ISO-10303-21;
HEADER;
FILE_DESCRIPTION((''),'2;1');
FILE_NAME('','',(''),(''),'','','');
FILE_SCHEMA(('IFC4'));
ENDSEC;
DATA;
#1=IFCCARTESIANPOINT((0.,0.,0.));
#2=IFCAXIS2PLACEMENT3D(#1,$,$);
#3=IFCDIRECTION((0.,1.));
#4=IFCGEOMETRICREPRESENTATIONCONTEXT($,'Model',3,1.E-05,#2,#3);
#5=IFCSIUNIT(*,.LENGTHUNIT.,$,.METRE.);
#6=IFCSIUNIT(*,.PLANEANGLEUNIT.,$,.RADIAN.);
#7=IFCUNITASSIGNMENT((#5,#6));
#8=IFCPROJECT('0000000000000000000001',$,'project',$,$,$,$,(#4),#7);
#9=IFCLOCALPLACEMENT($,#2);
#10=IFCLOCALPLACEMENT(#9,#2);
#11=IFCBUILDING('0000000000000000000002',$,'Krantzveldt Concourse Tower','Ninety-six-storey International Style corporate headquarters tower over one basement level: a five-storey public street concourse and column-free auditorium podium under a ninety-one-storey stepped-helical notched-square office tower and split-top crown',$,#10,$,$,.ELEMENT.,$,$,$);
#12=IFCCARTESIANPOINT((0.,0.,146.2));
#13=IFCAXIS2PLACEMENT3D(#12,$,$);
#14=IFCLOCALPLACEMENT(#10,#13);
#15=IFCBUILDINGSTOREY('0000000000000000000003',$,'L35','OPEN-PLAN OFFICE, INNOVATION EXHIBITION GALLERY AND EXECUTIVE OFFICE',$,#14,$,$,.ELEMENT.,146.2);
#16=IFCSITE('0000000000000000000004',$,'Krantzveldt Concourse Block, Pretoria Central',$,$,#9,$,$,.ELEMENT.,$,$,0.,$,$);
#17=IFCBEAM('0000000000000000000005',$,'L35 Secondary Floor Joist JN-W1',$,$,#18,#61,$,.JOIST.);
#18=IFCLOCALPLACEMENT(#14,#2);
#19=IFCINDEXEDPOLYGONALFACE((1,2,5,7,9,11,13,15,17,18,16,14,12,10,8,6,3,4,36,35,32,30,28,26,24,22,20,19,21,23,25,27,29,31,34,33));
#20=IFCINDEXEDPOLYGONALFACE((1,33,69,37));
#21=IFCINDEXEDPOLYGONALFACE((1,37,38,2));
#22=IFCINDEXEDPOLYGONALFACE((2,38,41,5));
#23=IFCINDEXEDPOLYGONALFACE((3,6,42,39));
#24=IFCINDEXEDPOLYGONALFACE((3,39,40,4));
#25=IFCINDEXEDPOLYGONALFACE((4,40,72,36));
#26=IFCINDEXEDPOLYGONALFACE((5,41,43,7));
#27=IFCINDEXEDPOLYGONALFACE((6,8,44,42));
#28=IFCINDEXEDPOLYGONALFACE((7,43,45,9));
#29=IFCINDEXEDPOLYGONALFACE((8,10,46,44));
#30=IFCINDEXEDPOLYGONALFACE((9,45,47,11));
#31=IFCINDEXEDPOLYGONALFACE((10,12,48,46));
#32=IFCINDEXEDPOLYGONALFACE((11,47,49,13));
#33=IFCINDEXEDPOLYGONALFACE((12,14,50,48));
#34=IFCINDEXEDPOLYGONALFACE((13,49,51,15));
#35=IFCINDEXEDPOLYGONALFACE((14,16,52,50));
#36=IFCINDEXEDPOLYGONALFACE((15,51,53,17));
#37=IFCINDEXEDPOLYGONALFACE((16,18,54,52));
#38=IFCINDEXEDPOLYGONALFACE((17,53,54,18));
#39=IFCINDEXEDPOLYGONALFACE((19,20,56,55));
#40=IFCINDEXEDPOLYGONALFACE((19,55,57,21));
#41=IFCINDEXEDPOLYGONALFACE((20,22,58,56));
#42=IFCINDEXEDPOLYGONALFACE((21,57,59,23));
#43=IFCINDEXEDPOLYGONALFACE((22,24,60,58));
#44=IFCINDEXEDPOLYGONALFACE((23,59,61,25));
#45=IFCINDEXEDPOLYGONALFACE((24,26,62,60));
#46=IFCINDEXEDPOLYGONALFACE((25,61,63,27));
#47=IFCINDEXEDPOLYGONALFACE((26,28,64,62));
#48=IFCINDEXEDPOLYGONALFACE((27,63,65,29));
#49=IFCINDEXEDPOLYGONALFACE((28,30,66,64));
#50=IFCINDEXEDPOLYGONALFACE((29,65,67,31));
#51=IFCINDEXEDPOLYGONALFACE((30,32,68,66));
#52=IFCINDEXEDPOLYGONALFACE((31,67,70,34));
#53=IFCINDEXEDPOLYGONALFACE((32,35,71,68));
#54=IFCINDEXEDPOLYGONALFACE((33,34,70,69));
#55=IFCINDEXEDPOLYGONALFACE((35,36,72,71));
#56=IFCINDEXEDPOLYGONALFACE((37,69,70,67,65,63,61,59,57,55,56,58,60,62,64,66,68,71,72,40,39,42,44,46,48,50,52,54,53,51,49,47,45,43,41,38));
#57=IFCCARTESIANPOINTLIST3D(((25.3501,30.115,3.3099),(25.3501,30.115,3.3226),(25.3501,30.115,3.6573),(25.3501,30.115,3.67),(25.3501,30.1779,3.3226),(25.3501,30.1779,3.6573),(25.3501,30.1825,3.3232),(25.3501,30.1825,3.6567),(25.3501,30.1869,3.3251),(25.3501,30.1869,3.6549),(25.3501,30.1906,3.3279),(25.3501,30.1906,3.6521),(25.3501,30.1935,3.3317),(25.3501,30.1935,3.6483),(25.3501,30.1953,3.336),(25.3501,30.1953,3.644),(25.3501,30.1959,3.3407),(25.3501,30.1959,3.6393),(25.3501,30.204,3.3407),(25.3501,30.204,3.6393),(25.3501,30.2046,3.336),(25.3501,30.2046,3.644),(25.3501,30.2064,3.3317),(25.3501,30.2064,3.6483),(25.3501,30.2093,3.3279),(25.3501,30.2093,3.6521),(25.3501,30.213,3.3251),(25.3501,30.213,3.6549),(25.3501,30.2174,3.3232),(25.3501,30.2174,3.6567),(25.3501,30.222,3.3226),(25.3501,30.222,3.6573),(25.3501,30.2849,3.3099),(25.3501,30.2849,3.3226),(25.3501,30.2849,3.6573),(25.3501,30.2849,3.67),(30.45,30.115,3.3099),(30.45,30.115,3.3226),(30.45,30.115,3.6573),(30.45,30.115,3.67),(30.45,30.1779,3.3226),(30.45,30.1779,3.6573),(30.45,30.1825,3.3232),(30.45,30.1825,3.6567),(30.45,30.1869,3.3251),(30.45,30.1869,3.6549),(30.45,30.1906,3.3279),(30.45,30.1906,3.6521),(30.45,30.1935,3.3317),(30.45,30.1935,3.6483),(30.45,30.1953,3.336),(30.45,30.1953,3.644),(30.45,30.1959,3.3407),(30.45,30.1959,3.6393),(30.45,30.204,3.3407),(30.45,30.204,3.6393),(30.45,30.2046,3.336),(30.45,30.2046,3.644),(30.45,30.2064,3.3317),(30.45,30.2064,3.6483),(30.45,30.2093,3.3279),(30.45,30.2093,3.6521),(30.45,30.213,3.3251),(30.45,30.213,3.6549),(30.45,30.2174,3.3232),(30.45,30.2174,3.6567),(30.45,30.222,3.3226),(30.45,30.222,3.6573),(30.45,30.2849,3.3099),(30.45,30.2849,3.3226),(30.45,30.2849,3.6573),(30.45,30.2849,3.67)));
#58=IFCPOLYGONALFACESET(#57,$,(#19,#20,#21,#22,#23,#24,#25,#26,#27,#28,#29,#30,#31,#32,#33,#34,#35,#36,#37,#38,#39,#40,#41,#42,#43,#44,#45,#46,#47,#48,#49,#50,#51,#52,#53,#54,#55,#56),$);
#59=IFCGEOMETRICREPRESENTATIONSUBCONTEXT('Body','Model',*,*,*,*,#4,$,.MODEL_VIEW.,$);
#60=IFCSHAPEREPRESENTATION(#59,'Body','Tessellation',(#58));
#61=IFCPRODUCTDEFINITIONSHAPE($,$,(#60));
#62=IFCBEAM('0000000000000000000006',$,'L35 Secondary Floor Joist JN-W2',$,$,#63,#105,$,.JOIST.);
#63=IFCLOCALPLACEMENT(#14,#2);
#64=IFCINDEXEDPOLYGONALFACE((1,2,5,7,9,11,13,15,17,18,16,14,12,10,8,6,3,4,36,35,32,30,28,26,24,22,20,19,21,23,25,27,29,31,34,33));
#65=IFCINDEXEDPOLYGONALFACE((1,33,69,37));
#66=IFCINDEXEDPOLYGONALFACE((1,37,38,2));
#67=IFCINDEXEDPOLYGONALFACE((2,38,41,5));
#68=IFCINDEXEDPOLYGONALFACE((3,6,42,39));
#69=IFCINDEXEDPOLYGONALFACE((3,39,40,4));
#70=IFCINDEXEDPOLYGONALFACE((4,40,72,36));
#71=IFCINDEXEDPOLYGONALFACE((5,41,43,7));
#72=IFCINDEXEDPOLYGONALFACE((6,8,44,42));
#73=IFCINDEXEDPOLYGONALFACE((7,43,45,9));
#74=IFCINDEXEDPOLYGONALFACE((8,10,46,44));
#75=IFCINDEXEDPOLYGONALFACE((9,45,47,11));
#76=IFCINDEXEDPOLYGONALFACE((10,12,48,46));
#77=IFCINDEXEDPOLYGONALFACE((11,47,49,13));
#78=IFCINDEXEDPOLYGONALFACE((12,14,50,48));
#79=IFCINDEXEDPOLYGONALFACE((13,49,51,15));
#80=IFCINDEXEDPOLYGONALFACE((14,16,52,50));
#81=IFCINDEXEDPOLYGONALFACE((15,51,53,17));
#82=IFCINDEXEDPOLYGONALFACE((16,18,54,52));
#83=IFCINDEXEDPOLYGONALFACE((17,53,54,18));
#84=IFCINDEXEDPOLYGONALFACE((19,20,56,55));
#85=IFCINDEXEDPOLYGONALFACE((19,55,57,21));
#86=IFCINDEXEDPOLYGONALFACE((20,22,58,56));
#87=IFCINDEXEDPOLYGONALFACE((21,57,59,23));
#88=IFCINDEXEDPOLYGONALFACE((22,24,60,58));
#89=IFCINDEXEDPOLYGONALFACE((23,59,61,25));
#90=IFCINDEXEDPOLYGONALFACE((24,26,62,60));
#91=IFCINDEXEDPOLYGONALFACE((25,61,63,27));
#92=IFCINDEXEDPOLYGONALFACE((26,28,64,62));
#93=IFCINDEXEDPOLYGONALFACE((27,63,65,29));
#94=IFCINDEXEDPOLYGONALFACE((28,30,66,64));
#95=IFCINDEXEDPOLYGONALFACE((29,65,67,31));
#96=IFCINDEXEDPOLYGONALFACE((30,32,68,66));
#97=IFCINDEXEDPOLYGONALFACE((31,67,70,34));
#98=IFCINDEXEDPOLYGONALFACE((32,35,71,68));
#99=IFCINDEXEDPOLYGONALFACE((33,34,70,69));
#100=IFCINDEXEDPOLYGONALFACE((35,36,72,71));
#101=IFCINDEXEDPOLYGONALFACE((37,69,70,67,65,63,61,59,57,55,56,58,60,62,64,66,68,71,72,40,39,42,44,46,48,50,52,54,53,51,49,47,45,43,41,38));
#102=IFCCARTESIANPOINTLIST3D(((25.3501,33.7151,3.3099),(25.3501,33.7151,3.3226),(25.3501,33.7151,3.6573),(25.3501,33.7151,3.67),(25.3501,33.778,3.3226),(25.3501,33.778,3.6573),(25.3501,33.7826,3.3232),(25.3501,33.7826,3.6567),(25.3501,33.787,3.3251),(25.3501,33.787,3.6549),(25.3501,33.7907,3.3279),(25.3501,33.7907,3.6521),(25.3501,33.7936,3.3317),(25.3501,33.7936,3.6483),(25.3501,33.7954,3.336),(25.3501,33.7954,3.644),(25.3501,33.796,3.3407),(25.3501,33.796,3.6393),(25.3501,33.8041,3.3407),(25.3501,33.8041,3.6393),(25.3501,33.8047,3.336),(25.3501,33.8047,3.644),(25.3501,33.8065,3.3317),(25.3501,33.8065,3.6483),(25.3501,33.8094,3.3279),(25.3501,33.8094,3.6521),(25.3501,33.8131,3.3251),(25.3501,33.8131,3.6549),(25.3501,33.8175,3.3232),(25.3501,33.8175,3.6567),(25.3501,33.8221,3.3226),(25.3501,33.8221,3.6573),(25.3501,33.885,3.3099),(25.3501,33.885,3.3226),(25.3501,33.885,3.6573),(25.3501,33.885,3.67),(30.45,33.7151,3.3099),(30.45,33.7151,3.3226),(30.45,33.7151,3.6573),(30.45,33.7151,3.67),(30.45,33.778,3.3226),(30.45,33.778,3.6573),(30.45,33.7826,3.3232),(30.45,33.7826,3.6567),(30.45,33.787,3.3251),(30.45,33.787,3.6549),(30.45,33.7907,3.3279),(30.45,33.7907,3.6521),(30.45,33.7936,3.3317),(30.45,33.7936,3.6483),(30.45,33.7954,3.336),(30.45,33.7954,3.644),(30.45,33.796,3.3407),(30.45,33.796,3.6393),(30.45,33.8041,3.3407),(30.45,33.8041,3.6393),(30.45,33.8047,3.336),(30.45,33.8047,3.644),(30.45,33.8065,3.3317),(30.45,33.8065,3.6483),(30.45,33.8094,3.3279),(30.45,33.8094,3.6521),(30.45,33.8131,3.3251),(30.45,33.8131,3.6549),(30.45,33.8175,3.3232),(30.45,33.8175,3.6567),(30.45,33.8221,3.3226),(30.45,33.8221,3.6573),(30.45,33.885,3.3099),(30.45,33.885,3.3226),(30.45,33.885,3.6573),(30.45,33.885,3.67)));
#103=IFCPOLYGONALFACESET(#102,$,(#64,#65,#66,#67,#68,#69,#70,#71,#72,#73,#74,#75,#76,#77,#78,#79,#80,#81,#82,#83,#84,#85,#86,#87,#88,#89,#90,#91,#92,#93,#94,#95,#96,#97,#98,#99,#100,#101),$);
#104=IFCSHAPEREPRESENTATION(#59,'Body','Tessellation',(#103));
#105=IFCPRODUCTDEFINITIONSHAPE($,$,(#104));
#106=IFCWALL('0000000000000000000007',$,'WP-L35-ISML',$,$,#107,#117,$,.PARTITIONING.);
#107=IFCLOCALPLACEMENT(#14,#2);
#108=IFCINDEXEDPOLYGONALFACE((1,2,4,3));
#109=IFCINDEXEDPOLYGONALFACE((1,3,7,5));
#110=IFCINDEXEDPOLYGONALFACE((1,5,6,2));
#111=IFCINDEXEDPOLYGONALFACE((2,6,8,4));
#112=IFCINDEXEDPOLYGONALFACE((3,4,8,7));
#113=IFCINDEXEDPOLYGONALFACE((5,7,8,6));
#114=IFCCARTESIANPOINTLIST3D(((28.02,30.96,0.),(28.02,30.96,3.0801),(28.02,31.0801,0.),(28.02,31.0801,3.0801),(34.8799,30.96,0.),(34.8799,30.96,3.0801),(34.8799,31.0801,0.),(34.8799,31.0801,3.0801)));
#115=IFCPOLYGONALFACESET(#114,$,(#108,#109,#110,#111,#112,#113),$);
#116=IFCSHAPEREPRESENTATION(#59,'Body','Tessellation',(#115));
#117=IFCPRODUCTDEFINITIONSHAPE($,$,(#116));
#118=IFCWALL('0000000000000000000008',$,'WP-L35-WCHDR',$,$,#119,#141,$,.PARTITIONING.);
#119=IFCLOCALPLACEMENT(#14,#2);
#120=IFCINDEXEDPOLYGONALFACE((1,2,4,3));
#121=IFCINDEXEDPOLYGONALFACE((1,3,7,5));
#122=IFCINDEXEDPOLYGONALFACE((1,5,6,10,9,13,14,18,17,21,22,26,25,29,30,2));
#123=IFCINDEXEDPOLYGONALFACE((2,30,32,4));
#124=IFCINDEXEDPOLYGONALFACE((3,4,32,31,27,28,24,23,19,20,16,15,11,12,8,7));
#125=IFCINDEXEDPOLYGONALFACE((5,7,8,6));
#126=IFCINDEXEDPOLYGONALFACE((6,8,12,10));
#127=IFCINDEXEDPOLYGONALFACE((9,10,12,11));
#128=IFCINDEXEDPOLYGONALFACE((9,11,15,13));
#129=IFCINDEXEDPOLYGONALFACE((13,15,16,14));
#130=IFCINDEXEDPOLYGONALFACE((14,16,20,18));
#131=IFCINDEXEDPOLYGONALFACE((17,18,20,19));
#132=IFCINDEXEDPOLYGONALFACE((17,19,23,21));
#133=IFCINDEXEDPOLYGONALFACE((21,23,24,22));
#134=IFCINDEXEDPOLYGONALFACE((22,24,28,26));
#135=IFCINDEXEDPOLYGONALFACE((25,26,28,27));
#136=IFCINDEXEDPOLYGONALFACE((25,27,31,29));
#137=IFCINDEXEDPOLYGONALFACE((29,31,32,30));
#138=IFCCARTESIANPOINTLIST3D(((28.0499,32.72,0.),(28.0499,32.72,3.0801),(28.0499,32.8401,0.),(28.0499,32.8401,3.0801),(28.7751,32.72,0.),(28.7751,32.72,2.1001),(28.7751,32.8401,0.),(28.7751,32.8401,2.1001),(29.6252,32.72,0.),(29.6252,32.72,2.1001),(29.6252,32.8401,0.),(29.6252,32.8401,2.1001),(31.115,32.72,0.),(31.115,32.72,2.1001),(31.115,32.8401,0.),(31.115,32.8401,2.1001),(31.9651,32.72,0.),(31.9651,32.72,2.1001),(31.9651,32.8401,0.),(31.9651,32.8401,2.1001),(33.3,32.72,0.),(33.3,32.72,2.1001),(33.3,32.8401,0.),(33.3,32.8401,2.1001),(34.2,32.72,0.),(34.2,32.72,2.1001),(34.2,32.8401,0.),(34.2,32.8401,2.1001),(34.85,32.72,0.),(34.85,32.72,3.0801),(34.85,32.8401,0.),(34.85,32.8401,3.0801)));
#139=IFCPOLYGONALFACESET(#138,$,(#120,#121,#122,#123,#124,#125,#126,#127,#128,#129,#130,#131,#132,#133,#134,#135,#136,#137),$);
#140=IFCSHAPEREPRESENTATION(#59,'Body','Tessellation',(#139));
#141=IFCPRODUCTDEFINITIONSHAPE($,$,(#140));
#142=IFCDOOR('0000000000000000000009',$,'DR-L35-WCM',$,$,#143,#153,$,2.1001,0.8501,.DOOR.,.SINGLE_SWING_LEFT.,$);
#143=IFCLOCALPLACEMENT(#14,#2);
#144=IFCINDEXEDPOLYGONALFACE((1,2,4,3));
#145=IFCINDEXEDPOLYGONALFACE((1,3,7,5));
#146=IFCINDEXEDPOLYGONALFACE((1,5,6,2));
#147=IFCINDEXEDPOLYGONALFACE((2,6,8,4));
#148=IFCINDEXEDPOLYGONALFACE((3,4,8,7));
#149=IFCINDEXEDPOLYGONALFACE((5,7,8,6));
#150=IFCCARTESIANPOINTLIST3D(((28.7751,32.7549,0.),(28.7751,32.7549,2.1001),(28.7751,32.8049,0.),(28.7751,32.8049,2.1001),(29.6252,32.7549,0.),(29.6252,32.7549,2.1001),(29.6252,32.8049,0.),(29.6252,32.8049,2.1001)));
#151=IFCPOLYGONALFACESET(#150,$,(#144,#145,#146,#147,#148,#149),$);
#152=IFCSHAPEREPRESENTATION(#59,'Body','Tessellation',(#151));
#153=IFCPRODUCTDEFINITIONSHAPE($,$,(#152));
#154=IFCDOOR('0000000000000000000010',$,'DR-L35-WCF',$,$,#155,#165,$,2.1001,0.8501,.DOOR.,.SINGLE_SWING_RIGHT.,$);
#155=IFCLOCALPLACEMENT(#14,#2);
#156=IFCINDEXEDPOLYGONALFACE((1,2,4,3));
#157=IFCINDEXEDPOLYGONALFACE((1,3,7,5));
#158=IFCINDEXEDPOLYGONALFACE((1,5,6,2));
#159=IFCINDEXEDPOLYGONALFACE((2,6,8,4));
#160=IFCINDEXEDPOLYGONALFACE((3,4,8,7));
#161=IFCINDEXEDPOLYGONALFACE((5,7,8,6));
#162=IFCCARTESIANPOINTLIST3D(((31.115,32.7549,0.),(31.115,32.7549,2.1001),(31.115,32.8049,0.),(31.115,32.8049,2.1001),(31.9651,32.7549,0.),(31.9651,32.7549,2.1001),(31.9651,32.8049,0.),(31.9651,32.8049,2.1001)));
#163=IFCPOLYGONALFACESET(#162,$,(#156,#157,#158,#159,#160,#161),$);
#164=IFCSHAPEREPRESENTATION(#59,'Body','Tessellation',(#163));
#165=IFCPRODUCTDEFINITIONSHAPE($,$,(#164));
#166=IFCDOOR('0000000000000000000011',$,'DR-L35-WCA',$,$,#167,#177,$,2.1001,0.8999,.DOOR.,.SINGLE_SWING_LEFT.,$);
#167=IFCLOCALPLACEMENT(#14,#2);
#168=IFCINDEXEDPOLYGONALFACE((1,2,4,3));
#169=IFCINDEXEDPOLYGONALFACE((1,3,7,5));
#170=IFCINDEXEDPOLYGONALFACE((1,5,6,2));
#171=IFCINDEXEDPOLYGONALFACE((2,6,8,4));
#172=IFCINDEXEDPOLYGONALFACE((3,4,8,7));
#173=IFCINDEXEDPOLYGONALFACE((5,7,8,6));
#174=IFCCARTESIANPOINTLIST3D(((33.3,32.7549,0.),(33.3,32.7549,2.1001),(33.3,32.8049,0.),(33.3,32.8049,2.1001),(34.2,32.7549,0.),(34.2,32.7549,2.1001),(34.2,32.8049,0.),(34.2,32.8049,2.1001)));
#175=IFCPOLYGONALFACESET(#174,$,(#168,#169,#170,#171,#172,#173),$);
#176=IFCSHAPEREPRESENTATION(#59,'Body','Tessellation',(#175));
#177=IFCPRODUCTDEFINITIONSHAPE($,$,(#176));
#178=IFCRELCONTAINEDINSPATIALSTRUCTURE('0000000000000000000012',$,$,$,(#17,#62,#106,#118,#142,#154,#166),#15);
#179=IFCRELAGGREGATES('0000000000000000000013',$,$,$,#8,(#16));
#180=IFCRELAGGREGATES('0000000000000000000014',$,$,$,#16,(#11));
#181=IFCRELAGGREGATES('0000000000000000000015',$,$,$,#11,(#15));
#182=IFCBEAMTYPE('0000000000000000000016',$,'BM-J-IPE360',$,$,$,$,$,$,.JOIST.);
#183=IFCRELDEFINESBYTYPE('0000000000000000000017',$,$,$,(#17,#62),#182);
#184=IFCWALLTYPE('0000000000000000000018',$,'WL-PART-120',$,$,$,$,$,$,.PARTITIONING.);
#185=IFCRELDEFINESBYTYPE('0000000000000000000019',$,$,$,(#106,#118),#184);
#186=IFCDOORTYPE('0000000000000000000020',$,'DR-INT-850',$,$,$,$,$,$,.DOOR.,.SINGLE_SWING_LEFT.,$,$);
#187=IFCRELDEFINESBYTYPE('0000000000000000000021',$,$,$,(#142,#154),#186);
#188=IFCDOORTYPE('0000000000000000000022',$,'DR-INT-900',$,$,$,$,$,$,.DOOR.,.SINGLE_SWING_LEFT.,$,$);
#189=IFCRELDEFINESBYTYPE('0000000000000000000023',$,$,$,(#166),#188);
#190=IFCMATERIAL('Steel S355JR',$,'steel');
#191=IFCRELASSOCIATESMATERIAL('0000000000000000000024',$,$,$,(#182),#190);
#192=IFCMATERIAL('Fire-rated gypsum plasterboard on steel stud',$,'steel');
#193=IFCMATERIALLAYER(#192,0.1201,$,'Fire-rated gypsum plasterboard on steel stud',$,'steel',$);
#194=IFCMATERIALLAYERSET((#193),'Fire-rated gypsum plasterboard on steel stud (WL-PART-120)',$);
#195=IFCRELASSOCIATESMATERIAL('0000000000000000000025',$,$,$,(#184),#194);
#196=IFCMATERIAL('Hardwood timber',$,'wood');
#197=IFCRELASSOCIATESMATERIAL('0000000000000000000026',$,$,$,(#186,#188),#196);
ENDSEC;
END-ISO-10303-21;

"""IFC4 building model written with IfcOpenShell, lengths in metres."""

from ifc_helpers import new_model, si_unit, direction, frame, frame_2d, origin, origin_2d, place, context, subcontext, project, spatial, rectangle, i_section, extrude, source, transform, mapped, material, layer, layer_set, material_profile, profile_set, type_object, type_shapes, element, fill, save


model = new_model("IFC4")

# Units and contexts
model_context = context("Model", 3, precision=1e-05, world=origin(), true_north=direction((0.0, 1.0)))
body_context = subcontext(model_context, "Body", "Model", "MODEL_VIEW")
ifc_project = project(units=[si_unit("LENGTHUNIT", "METRE"), si_unit("PLANEANGLEUNIT", "RADIAN")], contexts=[model_context])

# Site, building, storey
site_placement = place(None, origin())
site = spatial("IfcSite", under=ifc_project, at=site_placement, Name="Krantzveldt Concourse Block, Pretoria Central", CompositionType="ELEMENT", RefElevation=0.0)
building_placement = place(site_placement, origin())
building = spatial("IfcBuilding", under=site, at=building_placement, Name="Krantzveldt Concourse Tower", Description="Ninety-six-storey International Style corporate headquarters tower over one basement level: a five-storey public street concourse and column-free auditorium podium under a ninety-one-storey stepped-helical notched-square office tower and split-top crown", CompositionType="ELEMENT")
storey_placement = place(building_placement, frame((0.0, 0.0, 146.2)))
storey = spatial("IfcBuildingStorey", under=building, at=storey_placement, Name="L35", Description="OPEN-PLAN OFFICE, INNOVATION EXHIBITION GALLERY AND EXECUTIVE OFFICE", CompositionType="ELEMENT", Elevation=146.2)

# Beams
ifc_material_1 = material(Name="Steel S355JR", Category="steel")
ifc_material_profile_1 = material_profile(ifc_material_1, i_section(OverallWidth=0.1699, OverallDepth=0.3601, WebThickness=0.0081, FlangeThickness=0.0127, FilletRadius=0.0181, at=origin_2d()), Name="Steel S355JR", Category="steel")
ifc_profile_set_1 = profile_set([ifc_material_profile_1], Name="Steel S355JR - IPE 360")
beam_type_1 = type_object("IfcBeamType", Name="BM-J-IPE360", PredefinedType="JOIST", material=ifc_profile_set_1)
shared_shape_1 = source(origin(), body_context, "Body", "SweptSolid", [
    extrude(i_section(OverallWidth=0.1699, OverallDepth=0.3601, WebThickness=0.0081, FlangeThickness=0.0127, FilletRadius=0.0181, at=origin_2d()), origin(), (0.0, 0.0, 1.0), 5.0999),
])
type_shapes(beam_type_1, [shared_shape_1])
for number, where, z_axis, x_axis, name in (
    (1, (25.3501, 30.2, 3.49), (1.0, 0.0, 0.0), (0.0, 1.0, 0.0), "L35 Secondary Floor Joist JN-W1"),
    (2, (25.3501, 33.8, 3.49), (1.0, 0.0, 0.0), (0.0, 1.0, 0.0), "L35 Secondary Floor Joist JN-W2"),
):
    element("IfcBeam", number, at=place(storey_placement, frame(where, z_axis=z_axis, x_axis=x_axis)), inside=storey, type_object=beam_type_1, Name=name, PredefinedType="JOIST", context=body_context, shape_type="MappedRepresentation", body=[
        mapped(shared_shape_1, transform((0.0, 0.0, 0.0), x_axis=(1.0, 0.0, 0.0), y_axis=(0.0, 1.0, 0.0), z_axis=(0.0, 0.0, 1.0), scale=1.0)),
    ])

# Wall
ifc_material_2 = material(Name="Fire-rated gypsum plasterboard on steel stud", Category="steel")
ifc_layer_1 = layer(ifc_material_2, 0.1201, Name="Fire-rated gypsum plasterboard on steel stud", Category="steel")
ifc_layer_set_1 = layer_set([ifc_layer_1], Name="Fire-rated gypsum plasterboard on steel stud (WL-PART-120)")
wall_type_1 = type_object("IfcWallType", Name="WL-PART-120", PredefinedType="PARTITIONING", material=ifc_layer_set_1)
wall_1_placement = place(storey_placement, frame((28.02, 31.02, 0.0), z_axis=(0.0, 0.0, 1.0), x_axis=(1.0, 0.0, 0.0)))
element("IfcWall", 3, at=wall_1_placement, inside=storey, type_object=wall_type_1, Name="WP-L35-ISML", PredefinedType="PARTITIONING", context=body_context, shape_type="SweptSolid", body=[
    extrude(rectangle(XDim=6.8599, YDim=0.1201, at=frame_2d((3.4299, 0.0))), origin(), (0.0, 0.0, 1.0), 3.0801),
])

# Wall, openings, doors
wall_2_placement = place(storey_placement, frame((28.05, 32.78, 0.0), z_axis=(0.0, 0.0, 1.0), x_axis=(1.0, 0.0, 0.0)))
wall_2 = element("IfcWall", 4, at=wall_2_placement, inside=storey, type_object=wall_type_1, Name="WP-L35-WCHDR", PredefinedType="PARTITIONING", context=body_context, shape_type="SweptSolid", body=[
    extrude(rectangle(XDim=6.8, YDim=0.1201, at=frame_2d((3.3999, 0.0))), origin(), (0.0, 0.0, 1.0), 3.0801),
])
opening_1_placement = place(wall_2_placement, frame((0.7251, 0.0, 0.0)))
opening_1 = element("IfcOpeningElement", 5, at=opening_1_placement, cuts=wall_2, PredefinedType="OPENING", context=body_context, shape_type="SweptSolid", body=[
    extrude(rectangle(XDim=0.8501, YDim=2.1001, at=frame_2d((0.425, 1.05))), frame((0.0, 0.0701, 0.0), z_axis=(0.0, -1.0, 0.0), x_axis=(1.0, 0.0, 0.0)), (0.0, 0.0, 1.0), 0.1401),
])
opening_2_placement = place(wall_2_placement, frame((3.0649, 0.0, 0.0)))
opening_2 = element("IfcOpeningElement", 6, at=opening_2_placement, cuts=wall_2, PredefinedType="OPENING", context=body_context, shape_type="SweptSolid", body=[
    extrude(rectangle(XDim=0.8501, YDim=2.1001, at=frame_2d((0.425, 1.05))), frame((0.0, 0.0701, 0.0), z_axis=(0.0, -1.0, 0.0), x_axis=(1.0, 0.0, 0.0)), (0.0, 0.0, 1.0), 0.1401),
])
opening_3_placement = place(wall_2_placement, frame((5.25, 0.0, 0.0)))
opening_3 = element("IfcOpeningElement", 7, at=opening_3_placement, cuts=wall_2, PredefinedType="OPENING", context=body_context, shape_type="SweptSolid", body=[
    extrude(rectangle(XDim=0.8999, YDim=2.1001, at=frame_2d((0.45, 1.05))), frame((0.0, 0.0701, 0.0), z_axis=(0.0, -1.0, 0.0), x_axis=(1.0, 0.0, 0.0)), (0.0, 0.0, 1.0), 0.1401),
])
ifc_material_3 = material(Name="Hardwood timber", Category="wood")
door_type_1 = type_object("IfcDoorType", Name="DR-INT-850", OperationType="SINGLE_SWING_LEFT", PredefinedType="DOOR", material=ifc_material_3)
door_1_placement = place(opening_1_placement, origin())
door_1 = element("IfcDoor", 8, at=door_1_placement, inside=storey, type_object=door_type_1, Name="DR-L35-WCM", OperationType="SINGLE_SWING_LEFT", OverallHeight=2.1001, OverallWidth=0.8501, PredefinedType="DOOR", context=body_context, shape_type="SweptSolid", body=[
    extrude(rectangle(XDim=0.8501, YDim=2.1001, at=frame_2d((0.425, 1.05))), frame((0.0, 0.0249, 0.0), z_axis=(0.0, -1.0, 0.0), x_axis=(1.0, 0.0, 0.0)), (0.0, 0.0, 1.0), 0.05),
])
fill(opening_1, door_1)
door_2_placement = place(opening_2_placement, origin())
door_2 = element("IfcDoor", 9, at=door_2_placement, inside=storey, type_object=door_type_1, Name="DR-L35-WCF", OperationType="SINGLE_SWING_RIGHT", OverallHeight=2.1001, OverallWidth=0.8501, PredefinedType="DOOR", context=body_context, shape_type="SweptSolid", body=[
    extrude(rectangle(XDim=0.8501, YDim=2.1001, at=frame_2d((0.425, 1.05))), frame((0.0, 0.0249, 0.0), z_axis=(0.0, -1.0, 0.0), x_axis=(1.0, 0.0, 0.0)), (0.0, 0.0, 1.0), 0.05),
])
fill(opening_2, door_2)
door_type_2 = type_object("IfcDoorType", Name="DR-INT-900", OperationType="SINGLE_SWING_LEFT", PredefinedType="DOOR", material=ifc_material_3)
door_3_placement = place(opening_3_placement, origin())
door_3 = element("IfcDoor", 10, at=door_3_placement, inside=storey, type_object=door_type_2, Name="DR-L35-WCA", OperationType="SINGLE_SWING_LEFT", OverallHeight=2.1001, OverallWidth=0.8999, PredefinedType="DOOR", context=body_context, shape_type="SweptSolid", body=[
    extrude(rectangle(XDim=0.8999, YDim=2.1001, at=frame_2d((0.45, 1.05))), frame((0.0, 0.0249, 0.0), z_axis=(0.0, -1.0, 0.0), x_axis=(1.0, 0.0, 0.0)), (0.0, 0.0, 1.0), 0.05),
])
fill(opening_3, door_3)

save(model, "model.ifc")
